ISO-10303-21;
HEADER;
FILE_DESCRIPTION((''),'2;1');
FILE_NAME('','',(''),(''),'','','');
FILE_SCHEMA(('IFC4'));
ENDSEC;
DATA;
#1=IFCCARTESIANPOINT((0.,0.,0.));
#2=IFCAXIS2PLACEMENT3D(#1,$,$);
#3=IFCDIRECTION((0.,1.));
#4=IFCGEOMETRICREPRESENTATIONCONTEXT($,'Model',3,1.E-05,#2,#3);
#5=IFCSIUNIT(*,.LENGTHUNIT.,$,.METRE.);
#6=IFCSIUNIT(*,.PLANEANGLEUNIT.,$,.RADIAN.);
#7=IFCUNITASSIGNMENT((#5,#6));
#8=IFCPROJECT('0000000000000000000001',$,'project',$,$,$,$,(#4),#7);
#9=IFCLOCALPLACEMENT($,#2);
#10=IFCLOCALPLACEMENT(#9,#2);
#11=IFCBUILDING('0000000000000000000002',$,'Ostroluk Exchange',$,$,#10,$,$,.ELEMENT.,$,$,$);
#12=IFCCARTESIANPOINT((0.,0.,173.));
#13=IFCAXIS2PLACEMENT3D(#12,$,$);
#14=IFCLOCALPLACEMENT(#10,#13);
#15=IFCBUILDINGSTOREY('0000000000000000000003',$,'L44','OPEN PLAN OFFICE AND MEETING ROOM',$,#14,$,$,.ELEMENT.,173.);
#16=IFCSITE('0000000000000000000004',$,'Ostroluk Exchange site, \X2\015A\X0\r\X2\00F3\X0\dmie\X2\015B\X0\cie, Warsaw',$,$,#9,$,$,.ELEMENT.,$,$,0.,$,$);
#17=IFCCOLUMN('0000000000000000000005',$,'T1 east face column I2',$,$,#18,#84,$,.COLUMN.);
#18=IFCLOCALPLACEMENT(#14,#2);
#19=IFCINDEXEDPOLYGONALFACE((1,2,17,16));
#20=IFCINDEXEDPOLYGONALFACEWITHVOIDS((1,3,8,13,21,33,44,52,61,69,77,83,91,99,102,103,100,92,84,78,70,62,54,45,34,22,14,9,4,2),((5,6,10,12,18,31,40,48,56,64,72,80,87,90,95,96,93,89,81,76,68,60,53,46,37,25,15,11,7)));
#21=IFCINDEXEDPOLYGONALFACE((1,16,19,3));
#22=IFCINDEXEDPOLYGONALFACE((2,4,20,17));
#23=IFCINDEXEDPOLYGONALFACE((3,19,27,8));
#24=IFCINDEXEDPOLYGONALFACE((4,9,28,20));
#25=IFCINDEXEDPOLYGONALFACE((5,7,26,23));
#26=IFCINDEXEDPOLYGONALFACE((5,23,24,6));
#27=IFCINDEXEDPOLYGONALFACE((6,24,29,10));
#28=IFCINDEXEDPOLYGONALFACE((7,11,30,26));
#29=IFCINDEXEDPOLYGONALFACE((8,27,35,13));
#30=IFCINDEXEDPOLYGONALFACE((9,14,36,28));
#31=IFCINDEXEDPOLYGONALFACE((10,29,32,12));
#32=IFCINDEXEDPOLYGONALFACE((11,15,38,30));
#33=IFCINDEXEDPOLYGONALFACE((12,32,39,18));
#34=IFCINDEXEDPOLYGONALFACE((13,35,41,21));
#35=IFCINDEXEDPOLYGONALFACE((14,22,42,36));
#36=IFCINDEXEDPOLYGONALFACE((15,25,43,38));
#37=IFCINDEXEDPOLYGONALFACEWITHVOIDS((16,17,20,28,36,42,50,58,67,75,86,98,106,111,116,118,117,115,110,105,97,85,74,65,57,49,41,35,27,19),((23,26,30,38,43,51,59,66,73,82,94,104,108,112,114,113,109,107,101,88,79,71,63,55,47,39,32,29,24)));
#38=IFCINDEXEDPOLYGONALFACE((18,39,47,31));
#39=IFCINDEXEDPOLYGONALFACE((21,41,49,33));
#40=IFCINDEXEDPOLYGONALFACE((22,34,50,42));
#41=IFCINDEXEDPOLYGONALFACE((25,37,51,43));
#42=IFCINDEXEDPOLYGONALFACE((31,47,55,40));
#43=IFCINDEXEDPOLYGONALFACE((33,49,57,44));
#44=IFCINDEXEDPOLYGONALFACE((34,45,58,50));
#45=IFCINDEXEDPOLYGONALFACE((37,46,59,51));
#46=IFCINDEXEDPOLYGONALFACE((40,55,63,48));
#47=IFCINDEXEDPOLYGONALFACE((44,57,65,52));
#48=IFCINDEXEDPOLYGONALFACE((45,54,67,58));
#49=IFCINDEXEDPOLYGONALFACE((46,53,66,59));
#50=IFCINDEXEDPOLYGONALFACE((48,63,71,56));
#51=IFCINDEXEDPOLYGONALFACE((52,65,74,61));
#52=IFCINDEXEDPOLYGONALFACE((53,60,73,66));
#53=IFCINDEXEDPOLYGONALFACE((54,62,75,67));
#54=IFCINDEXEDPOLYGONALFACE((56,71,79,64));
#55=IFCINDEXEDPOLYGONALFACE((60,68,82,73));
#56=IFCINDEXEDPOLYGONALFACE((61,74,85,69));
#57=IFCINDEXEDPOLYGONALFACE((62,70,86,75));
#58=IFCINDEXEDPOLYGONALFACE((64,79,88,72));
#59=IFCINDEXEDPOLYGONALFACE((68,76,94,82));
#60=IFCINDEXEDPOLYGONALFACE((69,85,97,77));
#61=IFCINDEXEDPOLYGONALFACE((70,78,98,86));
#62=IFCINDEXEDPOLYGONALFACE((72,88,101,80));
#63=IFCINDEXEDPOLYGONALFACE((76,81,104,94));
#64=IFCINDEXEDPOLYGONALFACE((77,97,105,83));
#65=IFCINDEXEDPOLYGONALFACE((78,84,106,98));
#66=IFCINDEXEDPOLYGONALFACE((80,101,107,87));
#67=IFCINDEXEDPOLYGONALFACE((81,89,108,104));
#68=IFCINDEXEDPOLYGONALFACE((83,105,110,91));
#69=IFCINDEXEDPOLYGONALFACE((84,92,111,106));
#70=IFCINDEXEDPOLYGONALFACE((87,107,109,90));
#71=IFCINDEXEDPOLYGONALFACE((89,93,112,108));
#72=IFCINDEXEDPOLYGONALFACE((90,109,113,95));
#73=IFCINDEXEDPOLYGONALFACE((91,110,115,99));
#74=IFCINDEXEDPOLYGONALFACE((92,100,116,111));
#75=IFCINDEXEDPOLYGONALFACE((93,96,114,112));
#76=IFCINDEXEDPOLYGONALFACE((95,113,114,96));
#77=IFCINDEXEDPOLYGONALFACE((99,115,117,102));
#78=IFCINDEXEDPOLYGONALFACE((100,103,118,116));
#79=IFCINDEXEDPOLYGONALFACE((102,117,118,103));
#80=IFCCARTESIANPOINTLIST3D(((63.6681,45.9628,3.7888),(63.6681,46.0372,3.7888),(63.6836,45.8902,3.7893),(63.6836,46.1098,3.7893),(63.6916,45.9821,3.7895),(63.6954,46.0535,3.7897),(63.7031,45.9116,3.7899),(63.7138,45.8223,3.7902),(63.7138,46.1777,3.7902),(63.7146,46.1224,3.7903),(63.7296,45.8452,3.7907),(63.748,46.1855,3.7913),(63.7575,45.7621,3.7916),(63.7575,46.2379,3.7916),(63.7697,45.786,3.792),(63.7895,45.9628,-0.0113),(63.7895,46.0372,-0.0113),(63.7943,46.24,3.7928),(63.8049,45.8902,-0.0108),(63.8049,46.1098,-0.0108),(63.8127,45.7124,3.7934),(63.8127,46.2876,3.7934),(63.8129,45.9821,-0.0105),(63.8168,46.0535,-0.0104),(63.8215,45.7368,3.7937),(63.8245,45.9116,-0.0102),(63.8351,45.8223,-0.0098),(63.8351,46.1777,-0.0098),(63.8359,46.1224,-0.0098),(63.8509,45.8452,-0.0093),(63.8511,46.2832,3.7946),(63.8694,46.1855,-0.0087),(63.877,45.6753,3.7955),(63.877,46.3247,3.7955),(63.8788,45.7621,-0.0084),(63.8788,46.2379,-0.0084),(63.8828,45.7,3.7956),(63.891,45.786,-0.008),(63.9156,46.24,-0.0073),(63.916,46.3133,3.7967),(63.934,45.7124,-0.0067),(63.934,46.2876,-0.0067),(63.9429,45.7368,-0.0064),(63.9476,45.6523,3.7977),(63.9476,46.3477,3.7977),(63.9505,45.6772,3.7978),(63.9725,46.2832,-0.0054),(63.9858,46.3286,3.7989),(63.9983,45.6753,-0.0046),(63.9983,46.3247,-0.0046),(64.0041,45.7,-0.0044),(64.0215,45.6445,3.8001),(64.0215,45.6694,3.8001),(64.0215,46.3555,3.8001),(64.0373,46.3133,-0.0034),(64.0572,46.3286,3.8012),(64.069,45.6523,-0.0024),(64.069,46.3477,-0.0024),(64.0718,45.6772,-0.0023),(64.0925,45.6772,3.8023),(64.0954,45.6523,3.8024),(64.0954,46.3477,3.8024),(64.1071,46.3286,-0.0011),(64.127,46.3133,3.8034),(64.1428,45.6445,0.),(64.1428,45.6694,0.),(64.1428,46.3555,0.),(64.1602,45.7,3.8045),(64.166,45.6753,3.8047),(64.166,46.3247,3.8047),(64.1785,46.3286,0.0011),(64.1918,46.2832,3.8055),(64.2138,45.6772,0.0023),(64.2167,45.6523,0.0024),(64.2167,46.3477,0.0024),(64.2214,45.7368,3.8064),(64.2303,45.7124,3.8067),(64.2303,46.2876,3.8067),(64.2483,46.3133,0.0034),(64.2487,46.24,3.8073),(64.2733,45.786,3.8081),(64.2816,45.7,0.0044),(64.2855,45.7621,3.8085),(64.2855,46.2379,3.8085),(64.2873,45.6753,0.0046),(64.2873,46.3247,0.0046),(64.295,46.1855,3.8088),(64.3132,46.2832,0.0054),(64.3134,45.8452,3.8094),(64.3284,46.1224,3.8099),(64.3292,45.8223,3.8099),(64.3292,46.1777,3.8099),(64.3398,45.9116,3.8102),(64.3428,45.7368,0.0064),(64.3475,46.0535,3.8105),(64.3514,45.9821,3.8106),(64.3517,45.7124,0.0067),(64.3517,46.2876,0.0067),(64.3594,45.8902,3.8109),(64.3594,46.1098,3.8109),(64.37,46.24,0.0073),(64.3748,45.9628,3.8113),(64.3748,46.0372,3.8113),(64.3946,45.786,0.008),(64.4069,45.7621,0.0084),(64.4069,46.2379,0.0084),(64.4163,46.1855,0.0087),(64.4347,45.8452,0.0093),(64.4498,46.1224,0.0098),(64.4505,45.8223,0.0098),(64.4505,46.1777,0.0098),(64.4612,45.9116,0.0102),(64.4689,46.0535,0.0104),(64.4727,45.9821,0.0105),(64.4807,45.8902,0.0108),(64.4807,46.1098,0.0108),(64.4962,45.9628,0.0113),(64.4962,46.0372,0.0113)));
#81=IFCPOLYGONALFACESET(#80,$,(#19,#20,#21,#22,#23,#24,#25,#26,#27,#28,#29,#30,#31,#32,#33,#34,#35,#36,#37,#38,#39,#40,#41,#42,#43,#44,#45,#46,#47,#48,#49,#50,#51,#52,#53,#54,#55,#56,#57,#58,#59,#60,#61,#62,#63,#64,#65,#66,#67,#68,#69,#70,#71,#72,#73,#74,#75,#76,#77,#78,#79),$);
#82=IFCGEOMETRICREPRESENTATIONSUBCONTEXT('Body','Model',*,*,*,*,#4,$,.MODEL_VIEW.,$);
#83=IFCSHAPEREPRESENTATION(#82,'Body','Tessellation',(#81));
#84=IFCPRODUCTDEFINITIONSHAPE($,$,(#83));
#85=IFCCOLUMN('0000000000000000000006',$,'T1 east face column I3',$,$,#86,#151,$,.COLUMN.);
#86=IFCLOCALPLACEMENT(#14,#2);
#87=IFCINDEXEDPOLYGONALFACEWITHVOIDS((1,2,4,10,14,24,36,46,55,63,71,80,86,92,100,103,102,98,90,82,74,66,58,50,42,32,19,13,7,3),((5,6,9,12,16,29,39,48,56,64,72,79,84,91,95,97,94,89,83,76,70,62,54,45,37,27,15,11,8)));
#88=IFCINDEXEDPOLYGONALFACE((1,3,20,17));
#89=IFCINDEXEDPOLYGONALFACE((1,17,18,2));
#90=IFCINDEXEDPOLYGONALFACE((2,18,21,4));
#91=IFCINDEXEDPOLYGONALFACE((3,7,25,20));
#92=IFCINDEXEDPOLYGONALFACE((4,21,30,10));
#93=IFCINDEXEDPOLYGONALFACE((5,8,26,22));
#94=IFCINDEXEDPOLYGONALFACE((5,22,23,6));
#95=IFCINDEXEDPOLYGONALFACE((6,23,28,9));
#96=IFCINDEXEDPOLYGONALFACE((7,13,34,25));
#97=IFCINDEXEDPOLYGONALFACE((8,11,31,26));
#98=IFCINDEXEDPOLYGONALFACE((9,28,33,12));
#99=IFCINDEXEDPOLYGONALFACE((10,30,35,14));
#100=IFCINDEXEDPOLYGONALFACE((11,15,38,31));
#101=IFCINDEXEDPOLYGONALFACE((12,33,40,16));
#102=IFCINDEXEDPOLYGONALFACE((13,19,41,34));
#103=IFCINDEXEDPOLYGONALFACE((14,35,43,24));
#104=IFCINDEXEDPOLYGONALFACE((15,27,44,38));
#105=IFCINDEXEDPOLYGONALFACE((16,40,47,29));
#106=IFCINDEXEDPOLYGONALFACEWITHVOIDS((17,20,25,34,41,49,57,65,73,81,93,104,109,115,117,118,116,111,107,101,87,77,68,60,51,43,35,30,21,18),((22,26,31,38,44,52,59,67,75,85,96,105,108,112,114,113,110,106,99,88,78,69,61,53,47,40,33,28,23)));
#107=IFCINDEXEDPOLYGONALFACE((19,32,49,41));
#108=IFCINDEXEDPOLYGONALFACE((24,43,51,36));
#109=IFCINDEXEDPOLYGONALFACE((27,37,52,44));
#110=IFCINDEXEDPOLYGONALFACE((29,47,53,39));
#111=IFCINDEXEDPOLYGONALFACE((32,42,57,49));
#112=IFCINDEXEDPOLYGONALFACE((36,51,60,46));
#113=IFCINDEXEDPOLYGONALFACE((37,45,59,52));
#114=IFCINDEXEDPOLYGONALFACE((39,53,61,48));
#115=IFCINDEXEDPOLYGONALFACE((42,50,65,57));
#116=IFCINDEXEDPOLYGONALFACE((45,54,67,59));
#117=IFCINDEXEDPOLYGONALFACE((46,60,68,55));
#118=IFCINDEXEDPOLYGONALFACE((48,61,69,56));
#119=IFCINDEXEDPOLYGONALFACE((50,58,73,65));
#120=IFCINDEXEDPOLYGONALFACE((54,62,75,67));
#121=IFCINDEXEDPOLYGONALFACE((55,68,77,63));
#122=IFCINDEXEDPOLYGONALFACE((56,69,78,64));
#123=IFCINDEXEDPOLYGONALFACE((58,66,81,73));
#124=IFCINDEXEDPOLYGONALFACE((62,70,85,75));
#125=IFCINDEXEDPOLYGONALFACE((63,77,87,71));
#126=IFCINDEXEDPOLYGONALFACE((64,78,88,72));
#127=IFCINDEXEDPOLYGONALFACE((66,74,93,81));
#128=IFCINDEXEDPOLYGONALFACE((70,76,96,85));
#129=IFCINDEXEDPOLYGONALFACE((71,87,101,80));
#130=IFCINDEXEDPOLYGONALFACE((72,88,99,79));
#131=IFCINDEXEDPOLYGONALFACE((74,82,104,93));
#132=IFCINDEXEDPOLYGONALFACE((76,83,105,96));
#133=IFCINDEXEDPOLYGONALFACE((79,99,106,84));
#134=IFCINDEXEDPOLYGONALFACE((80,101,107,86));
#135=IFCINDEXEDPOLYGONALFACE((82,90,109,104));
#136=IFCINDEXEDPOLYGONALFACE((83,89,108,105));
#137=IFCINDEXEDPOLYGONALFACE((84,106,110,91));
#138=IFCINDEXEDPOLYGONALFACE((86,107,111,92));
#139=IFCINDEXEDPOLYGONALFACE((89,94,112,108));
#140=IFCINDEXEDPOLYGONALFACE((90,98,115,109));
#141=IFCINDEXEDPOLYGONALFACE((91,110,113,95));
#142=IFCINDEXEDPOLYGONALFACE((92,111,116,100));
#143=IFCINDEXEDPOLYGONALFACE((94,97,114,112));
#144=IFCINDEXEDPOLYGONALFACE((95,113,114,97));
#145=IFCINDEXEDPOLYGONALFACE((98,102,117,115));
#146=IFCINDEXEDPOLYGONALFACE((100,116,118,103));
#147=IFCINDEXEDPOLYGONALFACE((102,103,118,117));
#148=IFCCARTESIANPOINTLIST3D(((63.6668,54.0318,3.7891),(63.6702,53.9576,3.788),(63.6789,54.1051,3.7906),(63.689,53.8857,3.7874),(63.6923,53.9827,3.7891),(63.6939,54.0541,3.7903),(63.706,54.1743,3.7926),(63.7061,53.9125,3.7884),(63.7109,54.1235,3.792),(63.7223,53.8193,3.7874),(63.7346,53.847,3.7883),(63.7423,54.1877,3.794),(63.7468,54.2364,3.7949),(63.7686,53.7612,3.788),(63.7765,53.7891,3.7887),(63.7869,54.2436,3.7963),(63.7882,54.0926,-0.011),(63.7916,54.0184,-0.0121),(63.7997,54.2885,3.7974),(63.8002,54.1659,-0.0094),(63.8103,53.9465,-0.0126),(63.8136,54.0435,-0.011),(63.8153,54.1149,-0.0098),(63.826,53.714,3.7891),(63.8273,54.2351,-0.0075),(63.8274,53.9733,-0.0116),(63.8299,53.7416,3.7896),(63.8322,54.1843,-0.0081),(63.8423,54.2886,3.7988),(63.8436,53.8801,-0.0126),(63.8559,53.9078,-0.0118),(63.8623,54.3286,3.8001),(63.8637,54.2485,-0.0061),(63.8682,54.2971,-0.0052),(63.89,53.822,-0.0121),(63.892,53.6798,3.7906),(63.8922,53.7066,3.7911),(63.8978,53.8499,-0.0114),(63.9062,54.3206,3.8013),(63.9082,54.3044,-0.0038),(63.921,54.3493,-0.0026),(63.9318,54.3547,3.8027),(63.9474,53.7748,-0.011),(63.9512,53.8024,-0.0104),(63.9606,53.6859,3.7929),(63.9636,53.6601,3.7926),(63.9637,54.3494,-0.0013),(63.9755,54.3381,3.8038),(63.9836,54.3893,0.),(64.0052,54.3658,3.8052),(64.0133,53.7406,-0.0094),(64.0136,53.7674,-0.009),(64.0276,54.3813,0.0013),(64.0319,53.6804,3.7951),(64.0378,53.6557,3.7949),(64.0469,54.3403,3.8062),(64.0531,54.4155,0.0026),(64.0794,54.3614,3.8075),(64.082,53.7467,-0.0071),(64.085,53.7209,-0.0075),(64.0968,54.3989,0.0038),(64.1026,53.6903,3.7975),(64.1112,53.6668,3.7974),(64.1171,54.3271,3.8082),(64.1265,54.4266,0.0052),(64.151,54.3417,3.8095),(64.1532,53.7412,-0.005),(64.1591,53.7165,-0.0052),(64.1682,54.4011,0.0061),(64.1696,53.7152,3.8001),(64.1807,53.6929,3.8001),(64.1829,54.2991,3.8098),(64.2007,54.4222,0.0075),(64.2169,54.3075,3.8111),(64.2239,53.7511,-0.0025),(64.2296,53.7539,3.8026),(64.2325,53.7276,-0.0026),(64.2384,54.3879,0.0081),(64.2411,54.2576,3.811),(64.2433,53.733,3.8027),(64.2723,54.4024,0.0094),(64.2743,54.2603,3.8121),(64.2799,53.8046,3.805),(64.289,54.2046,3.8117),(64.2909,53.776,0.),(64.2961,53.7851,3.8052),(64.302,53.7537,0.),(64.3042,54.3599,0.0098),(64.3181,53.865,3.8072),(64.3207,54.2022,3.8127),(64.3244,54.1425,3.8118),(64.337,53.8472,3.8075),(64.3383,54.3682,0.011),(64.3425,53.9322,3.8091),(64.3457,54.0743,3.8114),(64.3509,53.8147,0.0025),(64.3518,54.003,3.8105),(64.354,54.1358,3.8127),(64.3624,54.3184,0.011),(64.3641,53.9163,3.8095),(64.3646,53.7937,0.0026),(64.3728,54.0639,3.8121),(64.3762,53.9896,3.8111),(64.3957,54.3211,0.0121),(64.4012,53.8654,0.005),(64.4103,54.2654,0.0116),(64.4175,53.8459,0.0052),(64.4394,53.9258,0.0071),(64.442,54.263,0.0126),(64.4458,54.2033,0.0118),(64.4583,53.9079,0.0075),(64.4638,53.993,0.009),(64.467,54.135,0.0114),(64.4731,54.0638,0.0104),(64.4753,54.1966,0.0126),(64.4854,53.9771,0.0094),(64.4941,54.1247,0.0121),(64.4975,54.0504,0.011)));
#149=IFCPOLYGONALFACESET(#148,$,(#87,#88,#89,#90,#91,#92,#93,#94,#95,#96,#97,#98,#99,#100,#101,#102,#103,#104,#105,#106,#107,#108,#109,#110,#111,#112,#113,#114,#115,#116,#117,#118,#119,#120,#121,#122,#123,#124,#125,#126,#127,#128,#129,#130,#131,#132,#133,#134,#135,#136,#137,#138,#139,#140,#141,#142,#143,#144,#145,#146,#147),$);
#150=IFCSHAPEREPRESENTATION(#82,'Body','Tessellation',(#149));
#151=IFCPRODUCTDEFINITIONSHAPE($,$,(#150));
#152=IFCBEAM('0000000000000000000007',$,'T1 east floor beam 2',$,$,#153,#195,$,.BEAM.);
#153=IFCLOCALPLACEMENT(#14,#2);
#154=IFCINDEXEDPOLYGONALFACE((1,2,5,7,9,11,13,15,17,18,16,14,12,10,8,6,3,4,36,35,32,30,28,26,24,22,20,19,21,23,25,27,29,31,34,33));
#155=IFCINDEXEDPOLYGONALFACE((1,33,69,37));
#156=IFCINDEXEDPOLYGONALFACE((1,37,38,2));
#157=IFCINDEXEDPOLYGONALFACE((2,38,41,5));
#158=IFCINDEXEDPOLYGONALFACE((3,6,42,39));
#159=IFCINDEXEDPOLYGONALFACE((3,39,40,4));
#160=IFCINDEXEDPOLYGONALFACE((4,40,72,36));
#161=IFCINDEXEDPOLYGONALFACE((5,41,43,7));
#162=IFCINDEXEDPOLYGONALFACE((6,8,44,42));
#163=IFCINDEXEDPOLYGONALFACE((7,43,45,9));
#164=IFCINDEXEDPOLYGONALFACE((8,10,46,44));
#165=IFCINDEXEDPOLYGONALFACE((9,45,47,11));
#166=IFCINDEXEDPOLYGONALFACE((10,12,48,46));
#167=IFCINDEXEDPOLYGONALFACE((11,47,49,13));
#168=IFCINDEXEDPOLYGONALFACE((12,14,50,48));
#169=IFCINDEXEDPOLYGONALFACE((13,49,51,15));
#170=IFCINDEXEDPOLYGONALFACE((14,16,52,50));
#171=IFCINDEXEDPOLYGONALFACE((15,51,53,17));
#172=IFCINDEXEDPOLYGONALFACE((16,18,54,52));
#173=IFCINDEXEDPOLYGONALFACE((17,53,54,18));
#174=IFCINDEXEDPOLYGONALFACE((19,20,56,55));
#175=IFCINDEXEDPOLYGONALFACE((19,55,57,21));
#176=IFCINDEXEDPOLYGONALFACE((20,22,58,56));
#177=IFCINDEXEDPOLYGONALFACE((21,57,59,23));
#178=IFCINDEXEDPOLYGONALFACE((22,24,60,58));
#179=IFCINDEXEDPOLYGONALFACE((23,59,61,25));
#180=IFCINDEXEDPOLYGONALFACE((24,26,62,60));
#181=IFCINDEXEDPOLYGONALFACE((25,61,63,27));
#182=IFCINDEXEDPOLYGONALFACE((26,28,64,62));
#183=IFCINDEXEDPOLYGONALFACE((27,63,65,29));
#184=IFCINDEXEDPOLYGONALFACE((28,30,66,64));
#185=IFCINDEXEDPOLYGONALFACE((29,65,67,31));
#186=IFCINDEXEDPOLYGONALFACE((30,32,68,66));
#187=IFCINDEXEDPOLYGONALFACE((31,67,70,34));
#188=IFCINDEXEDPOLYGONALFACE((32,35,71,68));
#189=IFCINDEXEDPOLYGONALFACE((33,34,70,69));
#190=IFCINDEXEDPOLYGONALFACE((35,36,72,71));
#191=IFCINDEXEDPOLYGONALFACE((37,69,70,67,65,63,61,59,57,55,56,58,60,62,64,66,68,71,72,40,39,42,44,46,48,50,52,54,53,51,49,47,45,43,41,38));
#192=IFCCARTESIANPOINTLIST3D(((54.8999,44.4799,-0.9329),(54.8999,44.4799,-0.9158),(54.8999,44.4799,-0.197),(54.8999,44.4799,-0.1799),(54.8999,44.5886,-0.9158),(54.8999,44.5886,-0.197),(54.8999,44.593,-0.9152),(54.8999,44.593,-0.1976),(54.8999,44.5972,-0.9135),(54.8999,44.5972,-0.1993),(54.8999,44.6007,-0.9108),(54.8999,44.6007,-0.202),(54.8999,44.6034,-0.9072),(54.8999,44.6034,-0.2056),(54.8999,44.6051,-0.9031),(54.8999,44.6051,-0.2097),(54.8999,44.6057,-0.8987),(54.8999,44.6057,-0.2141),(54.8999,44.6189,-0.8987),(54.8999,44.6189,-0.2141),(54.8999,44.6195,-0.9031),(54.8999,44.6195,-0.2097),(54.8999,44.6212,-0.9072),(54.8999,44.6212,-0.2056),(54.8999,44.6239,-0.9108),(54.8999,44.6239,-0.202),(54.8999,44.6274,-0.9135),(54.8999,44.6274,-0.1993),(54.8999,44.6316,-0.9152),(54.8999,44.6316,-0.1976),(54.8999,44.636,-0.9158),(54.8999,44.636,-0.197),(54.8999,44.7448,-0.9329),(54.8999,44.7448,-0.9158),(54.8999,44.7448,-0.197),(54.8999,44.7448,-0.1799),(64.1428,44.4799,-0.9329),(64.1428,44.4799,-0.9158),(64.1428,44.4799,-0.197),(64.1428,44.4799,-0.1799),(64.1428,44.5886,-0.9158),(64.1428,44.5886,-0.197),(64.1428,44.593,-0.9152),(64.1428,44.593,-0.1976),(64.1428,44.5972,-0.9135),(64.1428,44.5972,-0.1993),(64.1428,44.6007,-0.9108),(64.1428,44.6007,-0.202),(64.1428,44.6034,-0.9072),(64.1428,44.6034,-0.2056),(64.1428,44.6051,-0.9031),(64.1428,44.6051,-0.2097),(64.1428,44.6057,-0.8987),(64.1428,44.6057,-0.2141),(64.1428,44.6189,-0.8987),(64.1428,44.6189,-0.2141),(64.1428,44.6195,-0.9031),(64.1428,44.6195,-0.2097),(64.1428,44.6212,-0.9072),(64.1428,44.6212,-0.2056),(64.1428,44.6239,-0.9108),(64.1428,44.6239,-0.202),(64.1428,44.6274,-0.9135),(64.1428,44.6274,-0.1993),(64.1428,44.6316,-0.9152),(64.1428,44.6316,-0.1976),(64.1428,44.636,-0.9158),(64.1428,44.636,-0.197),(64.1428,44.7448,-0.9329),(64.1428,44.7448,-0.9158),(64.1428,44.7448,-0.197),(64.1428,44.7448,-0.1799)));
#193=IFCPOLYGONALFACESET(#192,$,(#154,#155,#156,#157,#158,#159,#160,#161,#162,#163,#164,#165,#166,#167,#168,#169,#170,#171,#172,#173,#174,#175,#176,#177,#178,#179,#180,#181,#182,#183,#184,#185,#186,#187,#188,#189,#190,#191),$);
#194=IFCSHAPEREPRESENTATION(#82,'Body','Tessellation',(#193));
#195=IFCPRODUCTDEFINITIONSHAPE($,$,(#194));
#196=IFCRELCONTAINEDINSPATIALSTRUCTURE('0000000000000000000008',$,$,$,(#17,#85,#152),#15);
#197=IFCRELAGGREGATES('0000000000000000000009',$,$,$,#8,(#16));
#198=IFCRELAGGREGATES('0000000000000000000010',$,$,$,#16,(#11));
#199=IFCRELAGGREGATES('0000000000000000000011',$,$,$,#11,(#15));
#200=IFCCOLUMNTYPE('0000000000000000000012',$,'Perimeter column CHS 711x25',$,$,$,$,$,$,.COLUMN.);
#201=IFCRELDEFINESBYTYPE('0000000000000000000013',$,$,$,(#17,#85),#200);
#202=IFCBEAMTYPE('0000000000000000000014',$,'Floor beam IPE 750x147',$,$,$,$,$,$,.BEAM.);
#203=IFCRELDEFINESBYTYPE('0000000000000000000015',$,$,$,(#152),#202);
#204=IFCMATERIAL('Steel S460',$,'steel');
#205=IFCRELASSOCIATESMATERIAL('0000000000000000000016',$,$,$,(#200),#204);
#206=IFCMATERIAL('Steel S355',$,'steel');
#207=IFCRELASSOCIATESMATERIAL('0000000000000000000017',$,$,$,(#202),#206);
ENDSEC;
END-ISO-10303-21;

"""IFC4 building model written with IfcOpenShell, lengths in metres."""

from ifc_helpers import new_model, si_unit, direction, frame, origin, origin_2d, place, context, subcontext, project, spatial, hollow_circle, i_section, extrude, material, material_profile, profile_set, type_object, element, save


model = new_model("IFC4")

# Units and contexts
model_context = context("Model", 3, precision=1e-05, world=origin(), true_north=direction((0.0, 1.0)))
body_context = subcontext(model_context, "Body", "Model", "MODEL_VIEW")
ifc_project = project(units=[si_unit("LENGTHUNIT", "METRE"), si_unit("PLANEANGLEUNIT", "RADIAN")], contexts=[model_context])

# Site, building, storey
site_placement = place(None, origin())
site = spatial("IfcSite", under=ifc_project, at=site_placement, Name="Ostroluk Exchange site, Śródmieście, Warsaw", CompositionType="ELEMENT", RefElevation=0.0)
building_placement = place(site_placement, origin())
building = spatial("IfcBuilding", under=site, at=building_placement, Name="Ostroluk Exchange", CompositionType="ELEMENT")
storey_placement = place(building_placement, frame((0.0, 0.0, 173.0)))
storey = spatial("IfcBuildingStorey", under=building, at=storey_placement, Name="L44", Description="OPEN PLAN OFFICE AND MEETING ROOM", CompositionType="ELEMENT", Elevation=173.0)

# Columns
ifc_material_1 = material(Name="Steel S460", Category="steel")
ifc_material_profile_1 = material_profile(ifc_material_1, hollow_circle(Radius=0.3555, WallThickness=0.0249, at=origin_2d()), Name="CHS 711x25")
ifc_profile_set_1 = profile_set([ifc_material_profile_1], Name="Steel S460")
column_type = type_object("IfcColumnType", Name="Perimeter column CHS 711x25", PredefinedType="COLUMN", material=ifc_profile_set_1)
column_1_placement = place(storey_placement, frame((64.1428, 46.0, 0.0), z_axis=(-0.031914, 0.0, 0.999491), x_axis=(0.0, -1.0, 0.0)))
element("IfcColumn", 1, at=column_1_placement, inside=storey, type_object=column_type, Name="T1 east face column I2", PredefinedType="COLUMN", context=body_context, shape_type="SweptSolid", body=[
    extrude(hollow_circle(Radius=0.3555, WallThickness=0.0249, at=origin_2d()), origin(), (0.0, 0.0, 1.0), 3.802),
])
column_2_placement = place(storey_placement, frame((64.1428, 54.0715, 0.0), z_axis=(-0.03191, -0.015987, 0.999363), x_axis=(0.447933, -0.894067, 0.0)))
element("IfcColumn", 2, at=column_2_placement, inside=storey, type_object=column_type, Name="T1 east face column I3", PredefinedType="COLUMN", context=body_context, shape_type="SweptSolid", body=[
    extrude(hollow_circle(Radius=0.3555, WallThickness=0.0249, at=origin_2d()), origin(), (0.0, 0.0, 1.0), 3.8025),
])

# Beam
ifc_material_2 = material(Name="Steel S355", Category="steel")
ifc_material_profile_2 = material_profile(ifc_material_2, i_section(OverallWidth=0.2649, OverallDepth=0.7529, WebThickness=0.0132, FlangeThickness=0.0171, FilletRadius=0.0171, at=origin_2d()), Name="IPE 750x147")
ifc_profile_set_2 = profile_set([ifc_material_profile_2], Name="Steel S355")
beam_type_1 = type_object("IfcBeamType", Name="Floor beam IPE 750x147", PredefinedType="BEAM", material=ifc_profile_set_2)
for number, where, z_axis, x_axis, name in (
    (3, (54.8999, 44.6123, -0.5564), (1.0, 0.0, 0.0), (0.0, 1.0, 0.0), "T1 east floor beam 2"),
):
    element("IfcBeam", number, at=place(storey_placement, frame(where, z_axis=z_axis, x_axis=x_axis)), inside=storey, type_object=beam_type_1, Name=name, PredefinedType="BEAM", context=body_context, shape_type="SweptSolid", body=[
        extrude(i_section(OverallWidth=0.2649, OverallDepth=0.7529, WebThickness=0.0132, FlangeThickness=0.0171, FilletRadius=0.0171, at=origin_2d()), origin(), (0.0, 0.0, 1.0), 9.2429),
    ])

save(model, "model.ifc")
